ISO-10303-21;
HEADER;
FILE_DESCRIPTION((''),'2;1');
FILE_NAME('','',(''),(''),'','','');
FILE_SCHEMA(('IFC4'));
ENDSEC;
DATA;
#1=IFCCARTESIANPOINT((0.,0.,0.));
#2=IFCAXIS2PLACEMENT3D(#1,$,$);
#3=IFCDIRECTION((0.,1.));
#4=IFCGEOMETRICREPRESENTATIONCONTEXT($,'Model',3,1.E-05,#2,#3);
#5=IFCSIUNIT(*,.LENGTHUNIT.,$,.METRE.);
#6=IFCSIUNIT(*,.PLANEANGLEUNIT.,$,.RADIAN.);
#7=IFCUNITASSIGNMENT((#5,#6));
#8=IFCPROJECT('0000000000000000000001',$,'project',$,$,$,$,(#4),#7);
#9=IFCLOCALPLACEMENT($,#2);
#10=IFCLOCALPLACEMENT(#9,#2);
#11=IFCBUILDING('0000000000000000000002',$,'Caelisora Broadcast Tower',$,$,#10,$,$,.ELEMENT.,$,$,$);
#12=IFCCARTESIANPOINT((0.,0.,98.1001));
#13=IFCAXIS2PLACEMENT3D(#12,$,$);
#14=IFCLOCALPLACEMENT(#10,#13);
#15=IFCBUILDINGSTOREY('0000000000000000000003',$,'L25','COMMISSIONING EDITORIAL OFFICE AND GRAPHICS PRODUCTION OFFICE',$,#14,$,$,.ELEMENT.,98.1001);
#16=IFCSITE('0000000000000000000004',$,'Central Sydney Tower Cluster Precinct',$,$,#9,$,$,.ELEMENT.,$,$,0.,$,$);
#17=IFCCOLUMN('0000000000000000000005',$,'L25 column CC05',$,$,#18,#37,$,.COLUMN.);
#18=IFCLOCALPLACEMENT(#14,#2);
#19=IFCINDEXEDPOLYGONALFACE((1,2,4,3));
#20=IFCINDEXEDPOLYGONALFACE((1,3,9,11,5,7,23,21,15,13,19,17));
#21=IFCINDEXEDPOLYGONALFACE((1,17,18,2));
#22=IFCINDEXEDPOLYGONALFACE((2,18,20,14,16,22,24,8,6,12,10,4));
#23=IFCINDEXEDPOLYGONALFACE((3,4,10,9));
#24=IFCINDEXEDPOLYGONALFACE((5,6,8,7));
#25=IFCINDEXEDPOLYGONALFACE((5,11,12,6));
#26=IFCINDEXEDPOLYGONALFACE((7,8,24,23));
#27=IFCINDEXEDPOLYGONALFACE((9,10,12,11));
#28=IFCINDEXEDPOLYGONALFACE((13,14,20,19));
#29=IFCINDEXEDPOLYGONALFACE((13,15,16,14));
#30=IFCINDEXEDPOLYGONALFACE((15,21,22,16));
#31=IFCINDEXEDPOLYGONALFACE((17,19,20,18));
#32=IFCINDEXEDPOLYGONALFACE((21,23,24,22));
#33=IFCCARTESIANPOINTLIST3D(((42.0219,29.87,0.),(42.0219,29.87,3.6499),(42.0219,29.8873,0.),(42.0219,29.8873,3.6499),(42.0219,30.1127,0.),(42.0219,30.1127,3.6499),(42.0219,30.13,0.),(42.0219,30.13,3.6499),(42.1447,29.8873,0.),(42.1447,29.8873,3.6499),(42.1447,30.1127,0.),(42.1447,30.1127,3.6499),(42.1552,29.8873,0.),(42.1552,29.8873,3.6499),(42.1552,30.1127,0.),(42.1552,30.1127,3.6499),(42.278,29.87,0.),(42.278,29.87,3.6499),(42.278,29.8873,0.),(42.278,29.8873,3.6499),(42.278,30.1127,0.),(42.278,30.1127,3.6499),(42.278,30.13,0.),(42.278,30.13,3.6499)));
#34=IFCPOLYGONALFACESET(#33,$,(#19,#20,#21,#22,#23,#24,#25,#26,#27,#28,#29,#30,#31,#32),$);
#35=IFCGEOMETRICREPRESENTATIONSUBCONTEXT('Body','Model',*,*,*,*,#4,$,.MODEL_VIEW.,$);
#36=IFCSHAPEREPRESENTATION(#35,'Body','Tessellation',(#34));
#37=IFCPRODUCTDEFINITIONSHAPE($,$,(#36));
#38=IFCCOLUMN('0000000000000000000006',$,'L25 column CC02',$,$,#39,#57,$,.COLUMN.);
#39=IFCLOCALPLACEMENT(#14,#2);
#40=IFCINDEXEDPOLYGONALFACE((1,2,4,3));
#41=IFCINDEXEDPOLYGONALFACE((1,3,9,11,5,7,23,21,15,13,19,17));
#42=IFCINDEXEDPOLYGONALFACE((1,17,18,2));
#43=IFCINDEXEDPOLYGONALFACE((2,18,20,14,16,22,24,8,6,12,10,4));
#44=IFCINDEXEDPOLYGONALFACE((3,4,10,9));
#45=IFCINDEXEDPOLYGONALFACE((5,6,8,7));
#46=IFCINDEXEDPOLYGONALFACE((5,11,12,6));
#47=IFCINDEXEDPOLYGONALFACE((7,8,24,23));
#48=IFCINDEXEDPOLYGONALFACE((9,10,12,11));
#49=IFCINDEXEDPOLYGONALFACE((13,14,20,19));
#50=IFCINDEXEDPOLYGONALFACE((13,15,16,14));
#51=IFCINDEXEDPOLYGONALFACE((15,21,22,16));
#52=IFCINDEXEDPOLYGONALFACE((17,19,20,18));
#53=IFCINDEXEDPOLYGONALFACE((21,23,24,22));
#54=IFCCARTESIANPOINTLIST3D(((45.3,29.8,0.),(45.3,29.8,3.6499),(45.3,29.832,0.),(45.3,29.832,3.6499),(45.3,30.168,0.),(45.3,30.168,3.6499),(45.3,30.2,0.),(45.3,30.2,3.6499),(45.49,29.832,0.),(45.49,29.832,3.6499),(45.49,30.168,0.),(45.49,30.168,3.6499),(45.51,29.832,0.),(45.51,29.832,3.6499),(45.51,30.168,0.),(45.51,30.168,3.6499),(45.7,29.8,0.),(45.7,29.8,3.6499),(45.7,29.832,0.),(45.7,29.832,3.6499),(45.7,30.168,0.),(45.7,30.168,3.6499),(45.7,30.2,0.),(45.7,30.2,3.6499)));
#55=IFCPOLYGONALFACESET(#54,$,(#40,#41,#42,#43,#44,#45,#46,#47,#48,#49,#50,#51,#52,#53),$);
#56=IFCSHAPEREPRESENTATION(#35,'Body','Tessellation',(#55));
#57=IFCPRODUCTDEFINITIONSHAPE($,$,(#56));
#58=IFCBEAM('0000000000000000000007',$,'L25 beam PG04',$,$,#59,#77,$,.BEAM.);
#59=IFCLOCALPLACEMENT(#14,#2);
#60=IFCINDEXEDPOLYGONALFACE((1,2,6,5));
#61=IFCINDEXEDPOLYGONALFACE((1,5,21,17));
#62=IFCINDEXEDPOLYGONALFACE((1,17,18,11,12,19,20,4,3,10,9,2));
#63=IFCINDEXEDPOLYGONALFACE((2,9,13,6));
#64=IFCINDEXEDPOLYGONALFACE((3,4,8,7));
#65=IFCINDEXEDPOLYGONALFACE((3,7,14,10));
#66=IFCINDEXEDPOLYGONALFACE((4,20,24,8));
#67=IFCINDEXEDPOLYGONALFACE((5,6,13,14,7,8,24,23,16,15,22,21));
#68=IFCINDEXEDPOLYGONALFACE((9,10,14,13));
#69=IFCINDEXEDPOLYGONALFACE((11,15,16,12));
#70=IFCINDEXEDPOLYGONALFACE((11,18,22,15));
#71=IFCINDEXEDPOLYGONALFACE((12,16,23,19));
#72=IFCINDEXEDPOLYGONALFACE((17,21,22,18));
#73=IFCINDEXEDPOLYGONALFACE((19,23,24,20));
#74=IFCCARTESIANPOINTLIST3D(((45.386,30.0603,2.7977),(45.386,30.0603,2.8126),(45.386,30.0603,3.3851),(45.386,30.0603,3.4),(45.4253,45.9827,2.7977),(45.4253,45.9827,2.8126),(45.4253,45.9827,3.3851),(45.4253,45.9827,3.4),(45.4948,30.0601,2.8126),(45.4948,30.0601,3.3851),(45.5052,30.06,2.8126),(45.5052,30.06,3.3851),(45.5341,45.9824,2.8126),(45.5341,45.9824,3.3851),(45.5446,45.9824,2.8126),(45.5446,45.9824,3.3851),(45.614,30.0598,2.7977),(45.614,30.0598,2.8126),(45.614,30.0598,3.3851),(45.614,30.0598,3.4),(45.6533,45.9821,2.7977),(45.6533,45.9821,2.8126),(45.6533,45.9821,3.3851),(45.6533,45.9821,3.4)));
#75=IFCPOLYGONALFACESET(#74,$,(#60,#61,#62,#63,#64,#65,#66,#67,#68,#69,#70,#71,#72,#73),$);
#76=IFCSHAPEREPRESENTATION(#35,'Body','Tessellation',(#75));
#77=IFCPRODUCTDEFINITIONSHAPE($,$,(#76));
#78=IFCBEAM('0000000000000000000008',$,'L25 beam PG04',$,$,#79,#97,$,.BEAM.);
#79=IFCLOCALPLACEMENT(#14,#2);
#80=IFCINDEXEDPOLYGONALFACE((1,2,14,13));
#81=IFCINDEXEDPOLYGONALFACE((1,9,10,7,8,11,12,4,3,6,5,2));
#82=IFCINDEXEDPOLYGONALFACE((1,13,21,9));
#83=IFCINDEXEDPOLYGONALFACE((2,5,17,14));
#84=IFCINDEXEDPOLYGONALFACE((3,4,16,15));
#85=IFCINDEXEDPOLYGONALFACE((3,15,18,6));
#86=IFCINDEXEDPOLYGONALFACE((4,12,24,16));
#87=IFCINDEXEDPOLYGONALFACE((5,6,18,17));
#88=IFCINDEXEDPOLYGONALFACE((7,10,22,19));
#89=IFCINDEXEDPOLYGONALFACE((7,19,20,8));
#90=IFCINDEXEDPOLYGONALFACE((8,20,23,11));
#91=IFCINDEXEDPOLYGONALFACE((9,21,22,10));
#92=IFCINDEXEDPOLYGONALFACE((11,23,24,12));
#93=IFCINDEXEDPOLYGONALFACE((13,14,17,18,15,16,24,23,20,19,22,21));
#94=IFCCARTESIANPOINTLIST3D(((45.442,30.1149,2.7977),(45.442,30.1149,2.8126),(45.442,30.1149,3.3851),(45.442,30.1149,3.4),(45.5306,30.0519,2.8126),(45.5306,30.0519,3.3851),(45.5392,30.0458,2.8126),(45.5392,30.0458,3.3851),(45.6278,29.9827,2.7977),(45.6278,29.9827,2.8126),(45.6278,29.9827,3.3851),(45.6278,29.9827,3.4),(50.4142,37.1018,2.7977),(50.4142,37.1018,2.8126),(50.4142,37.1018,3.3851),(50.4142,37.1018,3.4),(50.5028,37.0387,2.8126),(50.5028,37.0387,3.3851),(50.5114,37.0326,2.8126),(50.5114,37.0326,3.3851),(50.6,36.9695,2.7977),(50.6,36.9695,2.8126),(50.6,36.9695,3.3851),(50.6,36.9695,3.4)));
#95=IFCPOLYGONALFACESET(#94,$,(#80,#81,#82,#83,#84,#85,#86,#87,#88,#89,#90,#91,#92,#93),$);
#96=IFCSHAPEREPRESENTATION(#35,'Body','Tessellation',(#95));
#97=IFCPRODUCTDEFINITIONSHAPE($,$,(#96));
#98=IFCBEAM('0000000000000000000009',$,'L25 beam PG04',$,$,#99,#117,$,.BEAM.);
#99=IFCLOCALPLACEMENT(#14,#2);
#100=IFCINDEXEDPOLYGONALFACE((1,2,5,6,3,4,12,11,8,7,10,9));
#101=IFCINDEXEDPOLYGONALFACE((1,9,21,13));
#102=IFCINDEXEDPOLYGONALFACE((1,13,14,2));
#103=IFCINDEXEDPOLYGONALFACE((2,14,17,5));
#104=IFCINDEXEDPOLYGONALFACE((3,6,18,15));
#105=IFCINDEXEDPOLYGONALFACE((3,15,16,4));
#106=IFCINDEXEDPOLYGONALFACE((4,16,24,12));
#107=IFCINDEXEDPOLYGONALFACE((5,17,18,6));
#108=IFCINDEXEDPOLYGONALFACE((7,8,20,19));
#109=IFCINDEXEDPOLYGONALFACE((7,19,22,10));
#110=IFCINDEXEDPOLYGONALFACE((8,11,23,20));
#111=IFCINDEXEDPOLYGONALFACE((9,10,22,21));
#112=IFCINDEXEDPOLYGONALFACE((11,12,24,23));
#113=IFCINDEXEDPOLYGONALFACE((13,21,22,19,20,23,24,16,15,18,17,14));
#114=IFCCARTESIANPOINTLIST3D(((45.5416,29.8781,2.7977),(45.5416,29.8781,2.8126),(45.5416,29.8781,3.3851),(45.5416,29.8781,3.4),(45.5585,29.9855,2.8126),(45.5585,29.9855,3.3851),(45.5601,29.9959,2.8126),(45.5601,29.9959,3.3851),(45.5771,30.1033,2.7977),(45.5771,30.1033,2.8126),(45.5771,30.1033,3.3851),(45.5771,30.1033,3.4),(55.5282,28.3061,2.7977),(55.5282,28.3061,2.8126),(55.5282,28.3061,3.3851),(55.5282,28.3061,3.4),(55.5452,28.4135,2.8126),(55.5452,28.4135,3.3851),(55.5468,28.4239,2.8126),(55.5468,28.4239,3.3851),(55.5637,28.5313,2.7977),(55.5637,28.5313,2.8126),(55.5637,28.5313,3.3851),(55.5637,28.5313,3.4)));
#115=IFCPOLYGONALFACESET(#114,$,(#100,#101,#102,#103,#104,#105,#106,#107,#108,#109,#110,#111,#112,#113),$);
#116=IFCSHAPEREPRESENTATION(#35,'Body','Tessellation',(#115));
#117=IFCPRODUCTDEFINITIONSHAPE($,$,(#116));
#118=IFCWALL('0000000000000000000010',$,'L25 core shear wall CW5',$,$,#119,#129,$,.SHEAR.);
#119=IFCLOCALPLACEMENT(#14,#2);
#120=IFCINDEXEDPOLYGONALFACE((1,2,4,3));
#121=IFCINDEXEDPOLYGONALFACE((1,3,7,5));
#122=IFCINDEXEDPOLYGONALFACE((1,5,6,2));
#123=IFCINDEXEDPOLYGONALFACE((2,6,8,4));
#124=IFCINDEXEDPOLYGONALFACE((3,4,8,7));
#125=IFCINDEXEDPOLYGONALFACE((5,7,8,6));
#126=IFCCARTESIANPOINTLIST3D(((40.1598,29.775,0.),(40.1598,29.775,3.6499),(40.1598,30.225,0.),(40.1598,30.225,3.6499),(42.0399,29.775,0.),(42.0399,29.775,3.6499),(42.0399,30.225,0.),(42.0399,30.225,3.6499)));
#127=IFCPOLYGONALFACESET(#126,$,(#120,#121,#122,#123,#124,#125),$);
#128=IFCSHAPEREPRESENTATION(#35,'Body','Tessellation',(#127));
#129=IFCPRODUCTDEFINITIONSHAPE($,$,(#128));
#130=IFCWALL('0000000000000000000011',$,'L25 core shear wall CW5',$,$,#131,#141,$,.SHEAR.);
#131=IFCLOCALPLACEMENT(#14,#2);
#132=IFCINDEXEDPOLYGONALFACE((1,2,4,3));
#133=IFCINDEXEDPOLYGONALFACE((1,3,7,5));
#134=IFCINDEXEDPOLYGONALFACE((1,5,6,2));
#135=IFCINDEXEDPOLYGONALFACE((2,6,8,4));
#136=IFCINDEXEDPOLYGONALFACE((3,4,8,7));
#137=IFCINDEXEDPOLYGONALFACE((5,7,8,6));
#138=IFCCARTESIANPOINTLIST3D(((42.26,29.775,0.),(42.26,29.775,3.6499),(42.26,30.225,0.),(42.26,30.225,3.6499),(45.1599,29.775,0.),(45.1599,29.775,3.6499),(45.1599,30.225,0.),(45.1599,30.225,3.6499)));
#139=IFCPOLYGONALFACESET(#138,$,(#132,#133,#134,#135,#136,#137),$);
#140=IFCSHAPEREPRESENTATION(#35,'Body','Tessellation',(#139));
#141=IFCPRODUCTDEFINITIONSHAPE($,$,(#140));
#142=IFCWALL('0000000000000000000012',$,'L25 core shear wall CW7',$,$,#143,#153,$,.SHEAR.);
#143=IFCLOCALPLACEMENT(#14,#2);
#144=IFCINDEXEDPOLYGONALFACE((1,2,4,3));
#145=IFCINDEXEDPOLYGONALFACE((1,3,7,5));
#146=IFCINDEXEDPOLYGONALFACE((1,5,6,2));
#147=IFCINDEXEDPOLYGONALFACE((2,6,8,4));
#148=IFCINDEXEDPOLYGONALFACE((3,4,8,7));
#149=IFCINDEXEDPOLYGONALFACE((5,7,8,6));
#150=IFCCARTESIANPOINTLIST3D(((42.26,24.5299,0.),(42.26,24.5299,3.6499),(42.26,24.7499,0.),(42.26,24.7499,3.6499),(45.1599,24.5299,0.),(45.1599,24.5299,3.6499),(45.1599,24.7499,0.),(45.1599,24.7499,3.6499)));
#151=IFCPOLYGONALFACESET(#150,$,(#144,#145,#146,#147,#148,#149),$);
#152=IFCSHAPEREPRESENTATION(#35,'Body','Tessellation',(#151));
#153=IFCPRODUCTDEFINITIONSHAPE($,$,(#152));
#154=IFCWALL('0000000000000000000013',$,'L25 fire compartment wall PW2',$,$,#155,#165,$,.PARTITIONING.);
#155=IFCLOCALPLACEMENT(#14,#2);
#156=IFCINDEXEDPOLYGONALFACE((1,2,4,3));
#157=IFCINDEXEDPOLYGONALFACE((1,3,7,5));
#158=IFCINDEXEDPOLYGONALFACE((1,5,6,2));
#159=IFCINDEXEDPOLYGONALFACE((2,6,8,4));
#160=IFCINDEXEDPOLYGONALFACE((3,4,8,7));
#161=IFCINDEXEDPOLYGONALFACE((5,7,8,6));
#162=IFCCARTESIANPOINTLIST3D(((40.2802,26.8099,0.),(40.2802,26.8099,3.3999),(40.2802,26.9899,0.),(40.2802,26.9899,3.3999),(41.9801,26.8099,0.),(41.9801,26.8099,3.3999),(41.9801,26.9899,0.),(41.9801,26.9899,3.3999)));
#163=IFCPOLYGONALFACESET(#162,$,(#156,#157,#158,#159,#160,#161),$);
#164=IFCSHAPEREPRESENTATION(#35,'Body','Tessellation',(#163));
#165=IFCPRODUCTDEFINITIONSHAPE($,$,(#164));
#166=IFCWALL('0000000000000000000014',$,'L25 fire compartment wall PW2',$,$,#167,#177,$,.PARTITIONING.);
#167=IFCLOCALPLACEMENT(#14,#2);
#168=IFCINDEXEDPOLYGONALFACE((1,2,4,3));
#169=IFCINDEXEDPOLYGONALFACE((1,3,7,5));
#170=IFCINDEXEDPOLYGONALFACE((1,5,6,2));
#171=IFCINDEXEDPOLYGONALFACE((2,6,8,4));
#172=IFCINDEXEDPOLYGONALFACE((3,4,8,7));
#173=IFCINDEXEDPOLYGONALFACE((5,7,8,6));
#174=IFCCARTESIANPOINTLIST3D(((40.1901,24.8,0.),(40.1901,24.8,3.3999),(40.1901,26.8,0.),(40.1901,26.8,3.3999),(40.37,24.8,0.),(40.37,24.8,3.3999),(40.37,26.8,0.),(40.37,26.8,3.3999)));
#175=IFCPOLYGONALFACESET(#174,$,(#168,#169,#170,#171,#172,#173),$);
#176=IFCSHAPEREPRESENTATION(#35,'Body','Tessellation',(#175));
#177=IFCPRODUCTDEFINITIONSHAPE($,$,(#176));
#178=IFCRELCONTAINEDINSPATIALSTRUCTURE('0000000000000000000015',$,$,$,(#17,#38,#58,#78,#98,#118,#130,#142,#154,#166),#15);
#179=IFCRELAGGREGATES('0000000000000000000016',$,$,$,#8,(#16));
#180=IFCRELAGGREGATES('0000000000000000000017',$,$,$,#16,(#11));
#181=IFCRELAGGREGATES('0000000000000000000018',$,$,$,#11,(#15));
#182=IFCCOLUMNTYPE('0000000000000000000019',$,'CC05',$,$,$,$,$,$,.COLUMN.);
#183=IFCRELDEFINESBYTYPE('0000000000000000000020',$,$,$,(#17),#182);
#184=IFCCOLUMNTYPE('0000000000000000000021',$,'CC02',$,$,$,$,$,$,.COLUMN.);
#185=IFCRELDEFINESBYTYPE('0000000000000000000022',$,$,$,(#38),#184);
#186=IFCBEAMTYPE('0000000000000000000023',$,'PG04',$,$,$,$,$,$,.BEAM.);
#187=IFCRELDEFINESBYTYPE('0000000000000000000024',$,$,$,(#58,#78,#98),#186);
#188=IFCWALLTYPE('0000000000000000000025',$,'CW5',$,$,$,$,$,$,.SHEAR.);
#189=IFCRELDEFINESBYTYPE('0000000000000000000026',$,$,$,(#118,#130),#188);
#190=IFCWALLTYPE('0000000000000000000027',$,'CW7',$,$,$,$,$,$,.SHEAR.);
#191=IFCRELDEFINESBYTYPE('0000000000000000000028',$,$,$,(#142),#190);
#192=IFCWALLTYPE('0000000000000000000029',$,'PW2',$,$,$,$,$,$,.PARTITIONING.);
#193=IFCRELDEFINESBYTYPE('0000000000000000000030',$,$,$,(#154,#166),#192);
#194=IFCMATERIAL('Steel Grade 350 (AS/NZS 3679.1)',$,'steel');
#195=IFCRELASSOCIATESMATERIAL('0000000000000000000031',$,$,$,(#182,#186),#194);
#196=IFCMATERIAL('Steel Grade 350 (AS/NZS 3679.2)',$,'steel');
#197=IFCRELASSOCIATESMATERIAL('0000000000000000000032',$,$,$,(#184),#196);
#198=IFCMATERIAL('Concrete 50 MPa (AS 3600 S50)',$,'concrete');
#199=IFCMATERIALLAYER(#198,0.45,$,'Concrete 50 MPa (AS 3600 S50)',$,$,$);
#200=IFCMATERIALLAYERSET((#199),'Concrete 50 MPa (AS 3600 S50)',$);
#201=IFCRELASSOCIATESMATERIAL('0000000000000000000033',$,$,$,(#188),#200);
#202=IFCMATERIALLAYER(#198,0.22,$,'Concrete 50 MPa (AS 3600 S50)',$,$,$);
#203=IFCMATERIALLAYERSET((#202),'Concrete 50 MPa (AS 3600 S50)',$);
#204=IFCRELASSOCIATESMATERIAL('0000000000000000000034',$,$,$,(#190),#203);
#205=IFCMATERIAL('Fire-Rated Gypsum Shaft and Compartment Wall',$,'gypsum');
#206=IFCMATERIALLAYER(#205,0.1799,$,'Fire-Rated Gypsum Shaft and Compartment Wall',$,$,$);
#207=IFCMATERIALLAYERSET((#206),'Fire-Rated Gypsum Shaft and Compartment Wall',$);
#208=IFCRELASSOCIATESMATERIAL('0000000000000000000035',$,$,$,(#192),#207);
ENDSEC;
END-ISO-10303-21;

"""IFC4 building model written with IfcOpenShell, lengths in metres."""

from ifc_helpers import new_model, si_unit, direction, frame, frame_2d, origin, origin_2d, place, context, subcontext, project, spatial, rectangle, i_section, extrude, source, transform, mapped, material, layer, layer_set, material_profile, profile_set, type_object, type_shapes, element, save


model = new_model("IFC4")

# Units and contexts
model_context = context("Model", 3, precision=1e-05, world=origin(), true_north=direction((0.0, 1.0)))
body_context = subcontext(model_context, "Body", "Model", "MODEL_VIEW")
ifc_project = project(units=[si_unit("LENGTHUNIT", "METRE"), si_unit("PLANEANGLEUNIT", "RADIAN")], contexts=[model_context])

# Site, building, storey
site_placement = place(None, origin())
site = spatial("IfcSite", under=ifc_project, at=site_placement, Name="Central Sydney Tower Cluster Precinct", CompositionType="ELEMENT", RefElevation=0.0)
building_placement = place(site_placement, origin())
building = spatial("IfcBuilding", under=site, at=building_placement, Name="Caelisora Broadcast Tower", CompositionType="ELEMENT")
storey_placement = place(building_placement, frame((0.0, 0.0, 98.1001)))
storey = spatial("IfcBuildingStorey", under=building, at=storey_placement, Name="L25", Description="COMMISSIONING EDITORIAL OFFICE AND GRAPHICS PRODUCTION OFFICE", CompositionType="ELEMENT", Elevation=98.1001)

# Columns
ifc_material_1 = material(Name="Steel Grade 350 (AS/NZS 3679.1)", Category="steel")
ifc_material_profile_1 = material_profile(ifc_material_1, i_section(OverallWidth=0.2561, OverallDepth=0.26, WebThickness=0.0105, FlangeThickness=0.0173, at=origin_2d()), Name="Steel Grade 350 (AS/NZS 3679.1)")
ifc_profile_set_1 = profile_set([ifc_material_profile_1], Name="Steel Grade 350 (AS/NZS 3679.1)")
column_type_1 = type_object("IfcColumnType", Name="CC05", PredefinedType="COLUMN", material=ifc_profile_set_1)
shared_shape_1 = source(origin(), body_context, "Body", "SweptSolid", [
    extrude(i_section(OverallWidth=0.2561, OverallDepth=0.26, WebThickness=0.0105, FlangeThickness=0.0173, at=origin_2d()), origin(), (0.0, 0.0, 1.0), 3.6499),
])
type_shapes(column_type_1, [shared_shape_1])
column_1_placement = place(storey_placement, frame((42.1499, 30.0, 0.0), z_axis=(0.0, 0.0, 1.0), x_axis=(1.0, 0.0, 0.0)))
element("IfcColumn", 1, at=column_1_placement, inside=storey, type_object=column_type_1, Name="L25 column CC05", PredefinedType="COLUMN", context=body_context, shape_type="MappedRepresentation", body=[
    mapped(shared_shape_1, transform((0.0, 0.0, 0.0), scale=1.0)),
])
ifc_material_2 = material(Name="Steel Grade 350 (AS/NZS 3679.2)", Category="steel")
ifc_material_profile_2 = material_profile(ifc_material_2, i_section(OverallWidth=0.3999, OverallDepth=0.3999, WebThickness=0.02, FlangeThickness=0.032, at=origin_2d()), Name="Steel Grade 350 (AS/NZS 3679.2)")
ifc_profile_set_2 = profile_set([ifc_material_profile_2], Name="Steel Grade 350 (AS/NZS 3679.2)")
column_type_2 = type_object("IfcColumnType", Name="CC02", PredefinedType="COLUMN", material=ifc_profile_set_2)
shared_shape_2 = source(origin(), body_context, "Body", "SweptSolid", [
    extrude(i_section(OverallWidth=0.3999, OverallDepth=0.3999, WebThickness=0.02, FlangeThickness=0.032, at=origin_2d()), origin(), (0.0, 0.0, 1.0), 3.6499),
])
type_shapes(column_type_2, [shared_shape_2])
column_2_placement = place(storey_placement, frame((45.5, 30.0, 0.0), z_axis=(0.0, 0.0, 1.0), x_axis=(1.0, 0.0, 0.0)))
element("IfcColumn", 2, at=column_2_placement, inside=storey, type_object=column_type_2, Name="L25 column CC02", PredefinedType="COLUMN", context=body_context, shape_type="MappedRepresentation", body=[
    mapped(shared_shape_2, transform((0.0, 0.0, 0.0), scale=1.0)),
])

# Beams
ifc_material_profile_3 = material_profile(ifc_material_1, i_section(OverallWidth=0.228, OverallDepth=0.6023, WebThickness=0.0105, FlangeThickness=0.0149, at=origin_2d()), Name="Steel Grade 350 (AS/NZS 3679.1)")
ifc_profile_set_3 = profile_set([ifc_material_profile_3], Name="Steel Grade 350 (AS/NZS 3679.1)")
beam_type = type_object("IfcBeamType", Name="PG04", PredefinedType="BEAM", material=ifc_profile_set_3)
shared_shape_3 = source(origin(), body_context, "Body", "SweptSolid", [
    extrude(i_section(OverallWidth=0.228, OverallDepth=0.6023, WebThickness=0.0105, FlangeThickness=0.0149, at=origin_2d()), origin(), (0.0, 0.0, 1.0), 15.9224),
])
beam_1_placement = place(storey_placement, frame((45.5, 30.0601, 3.0989), z_axis=(0.002469, 0.999997, 0.0), x_axis=(-0.999997, 0.002469, 0.0)))
element("IfcBeam", 3, at=beam_1_placement, inside=storey, type_object=beam_type, Name="L25 beam PG04", PredefinedType="BEAM", context=body_context, shape_type="MappedRepresentation", body=[
    mapped(shared_shape_3, transform((0.0, 0.0, 0.0), scale=1.0)),
])
shared_shape_4 = source(origin(), body_context, "Body", "SweptSolid", [
    extrude(i_section(OverallWidth=0.228, OverallDepth=0.6023, WebThickness=0.0105, FlangeThickness=0.0149, at=origin_2d()), origin(), (0.0, 0.0, 1.0), 8.5754),
])
beam_2_placement = place(storey_placement, frame((45.5349, 30.0488, 3.0989), z_axis=(0.579815, 0.814748, 0.0), x_axis=(-0.814748, 0.579815, 0.0)))
element("IfcBeam", 4, at=beam_2_placement, inside=storey, type_object=beam_type, Name="L25 beam PG04", PredefinedType="BEAM", context=body_context, shape_type="MappedRepresentation", body=[
    mapped(shared_shape_4, transform((0.0, 0.0, 0.0), scale=1.0)),
])
shared_shape_5 = source(origin(), body_context, "Body", "SweptSolid", [
    extrude(i_section(OverallWidth=0.228, OverallDepth=0.6023, WebThickness=0.0105, FlangeThickness=0.0149, at=origin_2d()), origin(), (0.0, 0.0, 1.0), 10.1096),
])
type_shapes(beam_type, [shared_shape_3, shared_shape_4, shared_shape_5])
beam_3_placement = place(storey_placement, frame((45.5593, 29.9907, 3.0989), z_axis=(0.987836, -0.155499, 0.0), x_axis=(0.155499, 0.987836, 0.0)))
element("IfcBeam", 5, at=beam_3_placement, inside=storey, type_object=beam_type, Name="L25 beam PG04", PredefinedType="BEAM", context=body_context, shape_type="MappedRepresentation", body=[
    mapped(shared_shape_5, transform((0.0, 0.0, 0.0), scale=1.0)),
])

# Walls
ifc_material_3 = material(Name="Concrete 50 MPa (AS 3600 S50)", Category="concrete")
ifc_layer_1 = layer(ifc_material_3, 0.45, Name="Concrete 50 MPa (AS 3600 S50)")
ifc_layer_set_1 = layer_set([ifc_layer_1], Name="Concrete 50 MPa (AS 3600 S50)")
wall_type_1 = type_object("IfcWallType", Name="CW5", PredefinedType="SHEAR", material=ifc_layer_set_1)
wall_1_placement = place(storey_placement, frame((40.1599, 30.0, 0.0), z_axis=(0.0, 0.0, 1.0), x_axis=(1.0, 0.0, 0.0)))
element("IfcWall", 6, at=wall_1_placement, inside=storey, type_object=wall_type_1, Name="L25 core shear wall CW5", PredefinedType="SHEAR", context=body_context, shape_type="SweptSolid", body=[
    extrude(rectangle(XDim=1.8801, YDim=0.45, at=frame_2d((0.9399, 0.0))), origin(), (0.0, 0.0, 1.0), 3.6499),
])
wall_2_placement = place(storey_placement, frame((42.26, 30.0, 0.0), z_axis=(0.0, 0.0, 1.0), x_axis=(1.0, 0.0, 0.0)))
element("IfcWall", 7, at=wall_2_placement, inside=storey, type_object=wall_type_1, Name="L25 core shear wall CW5", PredefinedType="SHEAR", context=body_context, shape_type="SweptSolid", body=[
    extrude(rectangle(XDim=2.8999, YDim=0.45, at=frame_2d((1.45, 0.0))), origin(), (0.0, 0.0, 1.0), 3.6499),
])
ifc_layer_2 = layer(ifc_material_3, 0.22, Name="Concrete 50 MPa (AS 3600 S50)")
ifc_layer_set_2 = layer_set([ifc_layer_2], Name="Concrete 50 MPa (AS 3600 S50)")
wall_type_2 = type_object("IfcWallType", Name="CW7", PredefinedType="SHEAR", material=ifc_layer_set_2)
wall_3_placement = place(storey_placement, frame((42.26, 24.6399, 0.0), z_axis=(0.0, 0.0, 1.0), x_axis=(1.0, 0.0, 0.0)))
element("IfcWall", 8, at=wall_3_placement, inside=storey, type_object=wall_type_2, Name="L25 core shear wall CW7", PredefinedType="SHEAR", context=body_context, shape_type="SweptSolid", body=[
    extrude(rectangle(XDim=2.8999, YDim=0.22, at=frame_2d((1.45, 0.0))), origin(), (0.0, 0.0, 1.0), 3.6499),
])
ifc_material_4 = material(Name="Fire-Rated Gypsum Shaft and Compartment Wall", Category="gypsum")
ifc_layer_3 = layer(ifc_material_4, 0.1799, Name="Fire-Rated Gypsum Shaft and Compartment Wall")
ifc_layer_set_3 = layer_set([ifc_layer_3], Name="Fire-Rated Gypsum Shaft and Compartment Wall")
wall_type_3 = type_object("IfcWallType", Name="PW2", PredefinedType="PARTITIONING", material=ifc_layer_set_3)
wall_4_placement = place(storey_placement, frame((40.28, 26.8999, 0.0), z_axis=(0.0, 0.0, 1.0), x_axis=(1.0, 0.0, 0.0)))
element("IfcWall", 9, at=wall_4_placement, inside=storey, type_object=wall_type_3, Name="L25 fire compartment wall PW2", PredefinedType="PARTITIONING", context=body_context, shape_type="SweptSolid", body=[
    extrude(rectangle(XDim=1.7, YDim=0.1799, at=frame_2d((0.8501, 0.0))), origin(), (0.0, 0.0, 1.0), 3.3999),
])
wall_5_placement = place(storey_placement, frame((40.28, 24.8, 0.0), z_axis=(0.0, 0.0, 1.0), x_axis=(0.0, 1.0, 0.0)))
element("IfcWall", 10, at=wall_5_placement, inside=storey, type_object=wall_type_3, Name="L25 fire compartment wall PW2", PredefinedType="PARTITIONING", context=body_context, shape_type="SweptSolid", body=[
    extrude(rectangle(XDim=2.0, YDim=0.1799, at=frame_2d((1.0, 0.0))), origin(), (0.0, 0.0, 1.0), 3.3999),
])

save(model, "model.ifc")
